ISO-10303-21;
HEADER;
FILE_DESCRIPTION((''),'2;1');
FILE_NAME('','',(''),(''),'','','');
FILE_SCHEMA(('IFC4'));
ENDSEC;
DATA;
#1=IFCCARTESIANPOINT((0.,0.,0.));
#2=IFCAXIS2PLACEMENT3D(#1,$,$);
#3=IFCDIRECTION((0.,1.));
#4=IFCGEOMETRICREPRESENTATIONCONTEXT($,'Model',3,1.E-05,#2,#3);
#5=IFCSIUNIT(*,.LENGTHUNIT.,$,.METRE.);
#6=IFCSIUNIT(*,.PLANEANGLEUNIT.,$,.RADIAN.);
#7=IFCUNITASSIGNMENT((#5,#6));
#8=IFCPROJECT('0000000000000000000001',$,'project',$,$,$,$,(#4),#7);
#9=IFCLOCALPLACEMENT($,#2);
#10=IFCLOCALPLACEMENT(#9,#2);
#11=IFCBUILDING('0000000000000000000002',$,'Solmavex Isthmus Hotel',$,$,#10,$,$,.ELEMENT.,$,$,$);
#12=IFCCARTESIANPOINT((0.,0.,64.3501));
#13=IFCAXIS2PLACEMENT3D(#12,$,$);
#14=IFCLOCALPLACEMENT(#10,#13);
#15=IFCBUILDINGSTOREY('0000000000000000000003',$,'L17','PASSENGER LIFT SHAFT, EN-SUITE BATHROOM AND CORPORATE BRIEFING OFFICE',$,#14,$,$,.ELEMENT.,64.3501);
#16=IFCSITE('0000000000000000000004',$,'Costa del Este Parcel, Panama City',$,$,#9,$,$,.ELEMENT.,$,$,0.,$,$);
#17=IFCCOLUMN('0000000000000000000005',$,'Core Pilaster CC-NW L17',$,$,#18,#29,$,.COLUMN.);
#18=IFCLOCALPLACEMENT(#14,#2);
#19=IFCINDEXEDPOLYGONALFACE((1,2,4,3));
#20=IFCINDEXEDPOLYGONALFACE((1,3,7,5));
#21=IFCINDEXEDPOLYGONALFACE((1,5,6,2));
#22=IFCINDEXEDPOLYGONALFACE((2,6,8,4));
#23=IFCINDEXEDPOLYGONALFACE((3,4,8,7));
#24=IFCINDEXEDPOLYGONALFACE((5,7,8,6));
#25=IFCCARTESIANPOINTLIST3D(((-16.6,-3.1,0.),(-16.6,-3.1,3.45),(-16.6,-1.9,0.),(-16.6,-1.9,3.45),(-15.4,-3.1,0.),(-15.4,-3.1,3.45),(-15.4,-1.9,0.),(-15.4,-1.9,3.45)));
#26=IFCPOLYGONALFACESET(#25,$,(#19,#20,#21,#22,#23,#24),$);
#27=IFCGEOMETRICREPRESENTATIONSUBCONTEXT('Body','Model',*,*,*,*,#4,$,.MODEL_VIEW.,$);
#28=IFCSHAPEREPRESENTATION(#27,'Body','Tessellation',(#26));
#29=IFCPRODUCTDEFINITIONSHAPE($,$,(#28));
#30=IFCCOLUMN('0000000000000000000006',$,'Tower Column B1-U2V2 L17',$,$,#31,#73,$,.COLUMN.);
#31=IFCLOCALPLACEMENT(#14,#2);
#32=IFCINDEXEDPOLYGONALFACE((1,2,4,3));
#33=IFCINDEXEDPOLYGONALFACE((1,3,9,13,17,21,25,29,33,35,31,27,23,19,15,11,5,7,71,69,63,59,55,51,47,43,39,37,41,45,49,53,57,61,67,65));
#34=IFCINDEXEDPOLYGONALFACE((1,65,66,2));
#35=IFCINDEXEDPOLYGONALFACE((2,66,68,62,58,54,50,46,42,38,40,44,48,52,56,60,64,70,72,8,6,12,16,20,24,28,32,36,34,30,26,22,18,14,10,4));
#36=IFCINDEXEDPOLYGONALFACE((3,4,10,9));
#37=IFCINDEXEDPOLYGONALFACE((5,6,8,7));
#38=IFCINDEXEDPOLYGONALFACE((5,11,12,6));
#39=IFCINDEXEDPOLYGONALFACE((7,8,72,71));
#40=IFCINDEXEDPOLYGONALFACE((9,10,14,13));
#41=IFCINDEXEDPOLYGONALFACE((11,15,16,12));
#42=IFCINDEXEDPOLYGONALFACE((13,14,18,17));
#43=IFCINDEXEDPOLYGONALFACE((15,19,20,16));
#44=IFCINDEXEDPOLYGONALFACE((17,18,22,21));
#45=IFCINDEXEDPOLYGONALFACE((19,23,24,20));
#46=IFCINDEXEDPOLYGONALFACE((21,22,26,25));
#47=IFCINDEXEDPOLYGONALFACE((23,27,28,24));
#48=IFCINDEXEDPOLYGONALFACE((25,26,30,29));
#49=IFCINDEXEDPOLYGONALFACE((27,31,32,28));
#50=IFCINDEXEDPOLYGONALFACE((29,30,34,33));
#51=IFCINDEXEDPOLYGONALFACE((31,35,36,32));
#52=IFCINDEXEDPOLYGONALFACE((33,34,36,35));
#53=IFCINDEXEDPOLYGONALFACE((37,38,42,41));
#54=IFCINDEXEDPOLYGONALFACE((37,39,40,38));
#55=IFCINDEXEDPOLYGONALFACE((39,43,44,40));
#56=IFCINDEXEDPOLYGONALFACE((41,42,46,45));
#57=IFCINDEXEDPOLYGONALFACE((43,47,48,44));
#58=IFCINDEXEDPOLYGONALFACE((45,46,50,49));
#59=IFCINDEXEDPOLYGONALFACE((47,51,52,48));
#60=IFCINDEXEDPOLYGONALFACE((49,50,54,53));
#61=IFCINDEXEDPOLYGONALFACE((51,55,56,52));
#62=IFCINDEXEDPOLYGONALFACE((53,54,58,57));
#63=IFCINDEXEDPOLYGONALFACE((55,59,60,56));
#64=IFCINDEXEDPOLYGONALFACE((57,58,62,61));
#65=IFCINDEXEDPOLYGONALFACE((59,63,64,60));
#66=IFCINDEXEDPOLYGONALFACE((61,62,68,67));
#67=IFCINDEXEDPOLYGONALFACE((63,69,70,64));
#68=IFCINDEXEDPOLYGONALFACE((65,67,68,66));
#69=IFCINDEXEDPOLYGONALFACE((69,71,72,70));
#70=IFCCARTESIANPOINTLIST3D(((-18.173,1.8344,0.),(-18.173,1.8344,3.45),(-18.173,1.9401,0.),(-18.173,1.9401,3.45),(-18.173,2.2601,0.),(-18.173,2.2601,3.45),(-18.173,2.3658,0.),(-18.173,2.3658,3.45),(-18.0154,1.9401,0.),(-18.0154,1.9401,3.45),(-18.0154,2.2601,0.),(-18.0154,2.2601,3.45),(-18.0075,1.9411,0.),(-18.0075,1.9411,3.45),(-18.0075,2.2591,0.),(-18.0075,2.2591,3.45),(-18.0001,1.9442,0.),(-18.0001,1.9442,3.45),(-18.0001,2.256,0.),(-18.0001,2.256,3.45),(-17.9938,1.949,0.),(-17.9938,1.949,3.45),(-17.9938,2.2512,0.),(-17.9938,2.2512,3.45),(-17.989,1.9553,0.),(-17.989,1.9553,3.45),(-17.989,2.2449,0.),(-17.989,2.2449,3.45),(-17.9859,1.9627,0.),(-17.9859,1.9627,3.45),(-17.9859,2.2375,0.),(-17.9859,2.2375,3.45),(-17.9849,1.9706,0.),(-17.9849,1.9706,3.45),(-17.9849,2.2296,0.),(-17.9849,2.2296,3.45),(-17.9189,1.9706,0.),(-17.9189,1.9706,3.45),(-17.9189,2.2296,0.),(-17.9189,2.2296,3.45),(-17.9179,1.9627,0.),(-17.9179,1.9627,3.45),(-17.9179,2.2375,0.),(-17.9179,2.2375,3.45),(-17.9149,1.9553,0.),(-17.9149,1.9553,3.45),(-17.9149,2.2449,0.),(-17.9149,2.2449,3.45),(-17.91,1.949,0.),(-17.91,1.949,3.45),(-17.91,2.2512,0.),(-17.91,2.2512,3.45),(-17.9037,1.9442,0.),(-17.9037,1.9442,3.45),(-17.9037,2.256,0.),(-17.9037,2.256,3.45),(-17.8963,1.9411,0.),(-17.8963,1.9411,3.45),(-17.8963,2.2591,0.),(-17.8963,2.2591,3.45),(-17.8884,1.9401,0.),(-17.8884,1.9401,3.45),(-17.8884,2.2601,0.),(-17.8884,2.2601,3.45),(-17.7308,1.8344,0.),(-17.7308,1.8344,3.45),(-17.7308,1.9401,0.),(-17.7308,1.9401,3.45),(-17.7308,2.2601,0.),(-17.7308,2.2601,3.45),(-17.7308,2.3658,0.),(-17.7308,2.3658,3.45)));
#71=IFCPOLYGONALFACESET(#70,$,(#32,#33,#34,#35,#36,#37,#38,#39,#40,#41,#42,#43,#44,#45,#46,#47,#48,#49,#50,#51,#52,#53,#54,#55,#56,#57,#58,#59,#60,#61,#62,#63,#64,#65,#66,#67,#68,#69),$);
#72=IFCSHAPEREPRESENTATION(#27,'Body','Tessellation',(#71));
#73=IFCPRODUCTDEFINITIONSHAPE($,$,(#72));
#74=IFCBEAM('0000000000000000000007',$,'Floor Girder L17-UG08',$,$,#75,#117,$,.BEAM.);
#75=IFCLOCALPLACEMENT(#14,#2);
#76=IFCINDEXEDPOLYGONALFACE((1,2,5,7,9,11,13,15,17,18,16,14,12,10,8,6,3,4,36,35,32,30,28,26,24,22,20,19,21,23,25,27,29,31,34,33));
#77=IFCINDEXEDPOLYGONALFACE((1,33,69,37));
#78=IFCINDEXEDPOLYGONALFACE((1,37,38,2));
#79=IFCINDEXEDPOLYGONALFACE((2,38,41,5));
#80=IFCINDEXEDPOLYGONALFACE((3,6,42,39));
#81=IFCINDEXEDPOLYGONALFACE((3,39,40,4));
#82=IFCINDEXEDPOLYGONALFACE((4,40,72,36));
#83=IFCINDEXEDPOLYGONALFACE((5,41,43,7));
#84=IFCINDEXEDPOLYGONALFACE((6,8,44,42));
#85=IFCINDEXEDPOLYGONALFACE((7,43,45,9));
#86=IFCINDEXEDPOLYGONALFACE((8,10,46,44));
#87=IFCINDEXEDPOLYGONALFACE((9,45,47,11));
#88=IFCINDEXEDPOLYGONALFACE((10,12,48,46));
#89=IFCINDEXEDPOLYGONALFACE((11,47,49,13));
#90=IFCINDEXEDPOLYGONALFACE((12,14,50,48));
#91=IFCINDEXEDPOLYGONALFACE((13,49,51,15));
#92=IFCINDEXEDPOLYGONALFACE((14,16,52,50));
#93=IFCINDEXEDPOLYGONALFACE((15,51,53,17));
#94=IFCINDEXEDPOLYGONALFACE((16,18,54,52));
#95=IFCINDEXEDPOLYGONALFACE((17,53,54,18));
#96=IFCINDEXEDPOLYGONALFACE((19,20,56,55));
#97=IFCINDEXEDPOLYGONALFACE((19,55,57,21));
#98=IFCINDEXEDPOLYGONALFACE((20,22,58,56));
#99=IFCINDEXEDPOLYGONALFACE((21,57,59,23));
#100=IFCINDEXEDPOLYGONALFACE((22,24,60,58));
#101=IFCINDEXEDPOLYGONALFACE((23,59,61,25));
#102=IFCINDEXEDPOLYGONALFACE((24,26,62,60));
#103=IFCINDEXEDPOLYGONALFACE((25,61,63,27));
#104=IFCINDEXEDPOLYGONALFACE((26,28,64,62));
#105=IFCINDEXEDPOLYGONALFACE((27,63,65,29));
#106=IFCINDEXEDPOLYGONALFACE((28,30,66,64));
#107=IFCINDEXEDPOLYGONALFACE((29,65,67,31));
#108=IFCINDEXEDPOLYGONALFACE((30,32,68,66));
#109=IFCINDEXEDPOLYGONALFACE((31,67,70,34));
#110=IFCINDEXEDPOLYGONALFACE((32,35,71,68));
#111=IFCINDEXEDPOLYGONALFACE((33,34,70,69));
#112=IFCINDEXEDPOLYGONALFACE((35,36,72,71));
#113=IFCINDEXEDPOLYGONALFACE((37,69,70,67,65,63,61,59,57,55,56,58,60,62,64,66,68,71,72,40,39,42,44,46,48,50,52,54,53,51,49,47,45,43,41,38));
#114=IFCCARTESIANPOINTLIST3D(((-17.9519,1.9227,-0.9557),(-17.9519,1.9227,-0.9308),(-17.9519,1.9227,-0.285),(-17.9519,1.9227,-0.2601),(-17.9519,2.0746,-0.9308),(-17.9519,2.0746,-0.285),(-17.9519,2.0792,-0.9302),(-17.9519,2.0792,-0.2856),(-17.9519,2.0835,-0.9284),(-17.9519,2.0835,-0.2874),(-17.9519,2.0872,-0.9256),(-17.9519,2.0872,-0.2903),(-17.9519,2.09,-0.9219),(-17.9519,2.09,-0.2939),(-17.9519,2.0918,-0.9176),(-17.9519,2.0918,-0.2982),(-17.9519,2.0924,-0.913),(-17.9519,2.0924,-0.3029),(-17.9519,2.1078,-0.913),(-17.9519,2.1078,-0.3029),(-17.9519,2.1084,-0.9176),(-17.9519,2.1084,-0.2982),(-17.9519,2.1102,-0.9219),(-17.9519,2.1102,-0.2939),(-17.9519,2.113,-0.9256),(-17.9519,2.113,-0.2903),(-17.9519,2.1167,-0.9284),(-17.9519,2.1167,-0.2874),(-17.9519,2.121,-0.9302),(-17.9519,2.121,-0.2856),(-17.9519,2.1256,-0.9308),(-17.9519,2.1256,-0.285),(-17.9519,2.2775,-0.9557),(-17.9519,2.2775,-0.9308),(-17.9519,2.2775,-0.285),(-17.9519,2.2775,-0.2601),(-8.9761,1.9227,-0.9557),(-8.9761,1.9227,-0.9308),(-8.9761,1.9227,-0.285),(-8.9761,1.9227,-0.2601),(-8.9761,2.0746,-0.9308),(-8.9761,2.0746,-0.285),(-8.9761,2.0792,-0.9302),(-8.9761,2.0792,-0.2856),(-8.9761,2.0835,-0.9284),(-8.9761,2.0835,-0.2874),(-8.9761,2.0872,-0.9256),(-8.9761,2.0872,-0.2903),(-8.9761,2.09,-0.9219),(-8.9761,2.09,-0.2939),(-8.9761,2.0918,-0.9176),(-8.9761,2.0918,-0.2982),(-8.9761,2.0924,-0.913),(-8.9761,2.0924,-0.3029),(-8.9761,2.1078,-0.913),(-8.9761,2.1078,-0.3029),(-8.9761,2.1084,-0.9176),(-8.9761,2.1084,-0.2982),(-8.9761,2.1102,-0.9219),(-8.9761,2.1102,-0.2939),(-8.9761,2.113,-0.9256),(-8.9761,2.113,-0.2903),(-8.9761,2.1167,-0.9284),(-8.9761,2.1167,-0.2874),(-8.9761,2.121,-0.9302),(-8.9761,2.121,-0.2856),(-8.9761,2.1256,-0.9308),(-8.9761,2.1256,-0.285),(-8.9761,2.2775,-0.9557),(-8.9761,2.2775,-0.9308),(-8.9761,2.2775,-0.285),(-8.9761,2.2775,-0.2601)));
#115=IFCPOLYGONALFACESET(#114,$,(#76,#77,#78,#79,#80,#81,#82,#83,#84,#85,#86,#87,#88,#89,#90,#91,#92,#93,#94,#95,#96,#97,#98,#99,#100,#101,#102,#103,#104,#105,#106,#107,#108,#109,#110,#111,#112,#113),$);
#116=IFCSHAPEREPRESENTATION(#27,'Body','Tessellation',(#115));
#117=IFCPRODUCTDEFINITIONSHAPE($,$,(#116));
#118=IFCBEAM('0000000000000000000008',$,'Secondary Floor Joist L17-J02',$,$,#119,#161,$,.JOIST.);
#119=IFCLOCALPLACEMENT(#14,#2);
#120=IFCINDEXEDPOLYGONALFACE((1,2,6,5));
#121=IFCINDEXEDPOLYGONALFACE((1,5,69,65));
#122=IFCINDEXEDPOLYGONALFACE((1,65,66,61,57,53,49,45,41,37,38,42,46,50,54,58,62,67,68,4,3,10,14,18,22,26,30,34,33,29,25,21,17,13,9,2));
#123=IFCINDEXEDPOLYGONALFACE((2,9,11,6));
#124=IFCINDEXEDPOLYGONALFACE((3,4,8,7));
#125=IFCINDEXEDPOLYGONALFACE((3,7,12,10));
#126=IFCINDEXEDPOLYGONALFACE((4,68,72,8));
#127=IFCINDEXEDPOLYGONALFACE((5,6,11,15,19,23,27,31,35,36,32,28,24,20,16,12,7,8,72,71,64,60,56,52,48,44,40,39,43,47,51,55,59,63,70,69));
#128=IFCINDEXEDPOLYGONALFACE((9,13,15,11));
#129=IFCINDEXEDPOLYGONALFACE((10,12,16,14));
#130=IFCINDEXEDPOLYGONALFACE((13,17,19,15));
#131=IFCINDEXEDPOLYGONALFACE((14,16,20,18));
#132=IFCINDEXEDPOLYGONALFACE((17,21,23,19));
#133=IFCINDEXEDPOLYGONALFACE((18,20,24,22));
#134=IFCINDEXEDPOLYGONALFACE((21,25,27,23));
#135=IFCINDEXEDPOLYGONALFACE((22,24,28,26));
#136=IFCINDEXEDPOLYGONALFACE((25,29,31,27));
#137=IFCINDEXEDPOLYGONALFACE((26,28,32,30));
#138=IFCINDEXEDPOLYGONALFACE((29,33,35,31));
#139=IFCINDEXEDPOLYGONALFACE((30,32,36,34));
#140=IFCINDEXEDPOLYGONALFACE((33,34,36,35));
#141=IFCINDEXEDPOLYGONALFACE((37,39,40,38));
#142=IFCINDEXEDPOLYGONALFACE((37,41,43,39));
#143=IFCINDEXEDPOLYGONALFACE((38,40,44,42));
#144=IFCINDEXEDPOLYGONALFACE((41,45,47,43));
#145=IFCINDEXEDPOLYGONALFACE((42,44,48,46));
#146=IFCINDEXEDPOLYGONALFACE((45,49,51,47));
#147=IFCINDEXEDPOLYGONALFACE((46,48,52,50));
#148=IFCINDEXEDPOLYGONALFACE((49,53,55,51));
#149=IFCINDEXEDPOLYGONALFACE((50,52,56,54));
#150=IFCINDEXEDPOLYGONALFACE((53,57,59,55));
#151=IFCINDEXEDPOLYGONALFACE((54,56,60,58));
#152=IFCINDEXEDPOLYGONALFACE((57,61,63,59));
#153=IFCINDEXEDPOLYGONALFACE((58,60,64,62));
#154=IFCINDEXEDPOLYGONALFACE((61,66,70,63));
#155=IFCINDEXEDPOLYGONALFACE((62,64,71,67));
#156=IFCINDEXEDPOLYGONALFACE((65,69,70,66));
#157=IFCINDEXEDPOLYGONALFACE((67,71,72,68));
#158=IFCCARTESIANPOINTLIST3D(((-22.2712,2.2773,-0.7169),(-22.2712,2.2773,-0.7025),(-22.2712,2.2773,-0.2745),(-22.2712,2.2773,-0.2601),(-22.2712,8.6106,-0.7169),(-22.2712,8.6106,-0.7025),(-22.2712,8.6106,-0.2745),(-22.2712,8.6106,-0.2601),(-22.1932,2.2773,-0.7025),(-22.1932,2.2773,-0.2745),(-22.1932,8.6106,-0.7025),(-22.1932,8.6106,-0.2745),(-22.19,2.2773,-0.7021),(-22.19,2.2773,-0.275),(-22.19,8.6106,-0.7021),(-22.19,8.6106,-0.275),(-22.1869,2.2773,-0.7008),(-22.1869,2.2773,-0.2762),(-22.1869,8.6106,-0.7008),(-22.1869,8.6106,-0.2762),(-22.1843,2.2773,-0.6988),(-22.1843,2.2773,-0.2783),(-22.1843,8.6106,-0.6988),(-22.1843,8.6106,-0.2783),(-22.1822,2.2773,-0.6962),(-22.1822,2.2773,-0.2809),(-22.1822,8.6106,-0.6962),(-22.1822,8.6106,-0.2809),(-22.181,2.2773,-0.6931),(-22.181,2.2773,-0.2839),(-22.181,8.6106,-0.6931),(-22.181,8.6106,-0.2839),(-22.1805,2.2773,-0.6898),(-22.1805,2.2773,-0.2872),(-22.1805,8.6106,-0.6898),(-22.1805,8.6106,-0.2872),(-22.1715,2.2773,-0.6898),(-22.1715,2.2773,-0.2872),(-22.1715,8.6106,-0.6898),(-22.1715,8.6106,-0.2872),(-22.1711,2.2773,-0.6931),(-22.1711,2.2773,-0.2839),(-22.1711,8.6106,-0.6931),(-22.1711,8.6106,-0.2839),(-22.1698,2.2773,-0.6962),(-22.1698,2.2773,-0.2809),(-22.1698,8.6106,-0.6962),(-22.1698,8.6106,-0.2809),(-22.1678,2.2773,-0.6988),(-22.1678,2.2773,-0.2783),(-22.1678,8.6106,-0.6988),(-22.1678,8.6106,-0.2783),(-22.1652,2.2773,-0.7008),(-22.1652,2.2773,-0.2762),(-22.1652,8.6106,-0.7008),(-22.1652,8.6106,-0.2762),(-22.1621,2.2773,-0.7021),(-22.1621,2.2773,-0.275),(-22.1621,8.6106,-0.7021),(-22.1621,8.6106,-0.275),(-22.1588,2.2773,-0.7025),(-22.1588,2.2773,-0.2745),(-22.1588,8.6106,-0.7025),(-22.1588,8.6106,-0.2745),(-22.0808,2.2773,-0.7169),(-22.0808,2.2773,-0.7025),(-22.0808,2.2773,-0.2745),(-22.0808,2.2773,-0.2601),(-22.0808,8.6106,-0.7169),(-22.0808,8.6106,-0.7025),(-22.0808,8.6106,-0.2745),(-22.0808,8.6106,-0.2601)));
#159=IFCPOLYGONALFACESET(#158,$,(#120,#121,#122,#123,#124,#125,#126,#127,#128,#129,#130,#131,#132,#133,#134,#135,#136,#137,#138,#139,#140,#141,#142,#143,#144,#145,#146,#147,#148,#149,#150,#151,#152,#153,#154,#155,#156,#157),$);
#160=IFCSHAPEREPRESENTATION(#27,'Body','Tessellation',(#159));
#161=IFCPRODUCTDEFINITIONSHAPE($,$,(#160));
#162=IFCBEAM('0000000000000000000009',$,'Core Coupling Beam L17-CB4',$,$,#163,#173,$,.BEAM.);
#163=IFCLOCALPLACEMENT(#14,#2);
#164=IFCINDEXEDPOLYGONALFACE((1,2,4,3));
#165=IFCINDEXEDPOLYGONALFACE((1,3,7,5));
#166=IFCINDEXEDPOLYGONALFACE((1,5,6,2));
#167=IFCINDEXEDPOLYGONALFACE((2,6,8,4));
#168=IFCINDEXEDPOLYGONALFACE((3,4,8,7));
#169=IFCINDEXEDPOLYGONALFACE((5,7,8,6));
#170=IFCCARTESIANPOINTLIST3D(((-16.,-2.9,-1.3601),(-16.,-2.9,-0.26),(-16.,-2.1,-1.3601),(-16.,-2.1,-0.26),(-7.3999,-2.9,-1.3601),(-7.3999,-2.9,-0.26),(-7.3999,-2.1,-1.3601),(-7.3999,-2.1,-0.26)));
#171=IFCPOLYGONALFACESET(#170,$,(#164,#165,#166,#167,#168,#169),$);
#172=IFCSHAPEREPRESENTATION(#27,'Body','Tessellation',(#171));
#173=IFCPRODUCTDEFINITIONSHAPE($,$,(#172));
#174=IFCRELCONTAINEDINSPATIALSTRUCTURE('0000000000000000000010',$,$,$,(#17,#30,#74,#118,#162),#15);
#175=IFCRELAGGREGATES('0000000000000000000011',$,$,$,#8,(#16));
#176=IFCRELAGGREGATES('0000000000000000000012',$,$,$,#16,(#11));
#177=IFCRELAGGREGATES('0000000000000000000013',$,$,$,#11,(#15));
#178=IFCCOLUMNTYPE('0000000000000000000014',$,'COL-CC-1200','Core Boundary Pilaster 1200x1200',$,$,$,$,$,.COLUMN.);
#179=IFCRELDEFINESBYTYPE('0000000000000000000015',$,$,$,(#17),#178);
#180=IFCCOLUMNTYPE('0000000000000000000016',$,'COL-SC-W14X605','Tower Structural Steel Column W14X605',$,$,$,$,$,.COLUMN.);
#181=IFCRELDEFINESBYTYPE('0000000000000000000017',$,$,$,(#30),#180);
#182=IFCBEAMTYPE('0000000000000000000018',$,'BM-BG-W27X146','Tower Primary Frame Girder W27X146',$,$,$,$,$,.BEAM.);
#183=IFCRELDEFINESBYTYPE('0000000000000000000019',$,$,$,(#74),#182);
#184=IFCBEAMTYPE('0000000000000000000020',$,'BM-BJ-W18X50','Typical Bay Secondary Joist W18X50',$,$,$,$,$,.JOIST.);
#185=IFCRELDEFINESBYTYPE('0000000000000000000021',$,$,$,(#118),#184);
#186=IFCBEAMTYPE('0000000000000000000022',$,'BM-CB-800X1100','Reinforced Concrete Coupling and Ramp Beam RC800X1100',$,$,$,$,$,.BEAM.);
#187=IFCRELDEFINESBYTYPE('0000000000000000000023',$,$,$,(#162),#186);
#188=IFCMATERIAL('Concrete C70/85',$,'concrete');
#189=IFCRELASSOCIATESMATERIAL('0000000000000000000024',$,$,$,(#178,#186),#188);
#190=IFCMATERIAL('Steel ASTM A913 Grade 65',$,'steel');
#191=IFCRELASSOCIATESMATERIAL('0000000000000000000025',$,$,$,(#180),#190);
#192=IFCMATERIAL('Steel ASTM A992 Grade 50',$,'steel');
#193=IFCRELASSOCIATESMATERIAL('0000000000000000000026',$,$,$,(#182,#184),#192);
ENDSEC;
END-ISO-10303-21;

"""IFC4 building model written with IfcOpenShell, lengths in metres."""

from ifc_helpers import new_model, si_unit, direction, frame, origin, origin_2d, place, context, subcontext, project, spatial, rectangle, i_section, extrude, material, material_profile, profile_set, type_object, element, save


model = new_model("IFC4")

# Units and contexts
model_context = context("Model", 3, precision=1e-05, world=origin(), true_north=direction((0.0, 1.0)))
body_context = subcontext(model_context, "Body", "Model", "MODEL_VIEW")
ifc_project = project(units=[si_unit("LENGTHUNIT", "METRE"), si_unit("PLANEANGLEUNIT", "RADIAN")], contexts=[model_context])

# Site, building, storey
site_placement = place(None, origin())
site = spatial("IfcSite", under=ifc_project, at=site_placement, Name="Costa del Este Parcel, Panama City", CompositionType="ELEMENT", RefElevation=0.0)
building_placement = place(site_placement, origin())
building = spatial("IfcBuilding", under=site, at=building_placement, Name="Solmavex Isthmus Hotel", CompositionType="ELEMENT")
storey_placement = place(building_placement, frame((0.0, 0.0, 64.3501)))
storey = spatial("IfcBuildingStorey", under=building, at=storey_placement, Name="L17", Description="PASSENGER LIFT SHAFT, EN-SUITE BATHROOM AND CORPORATE BRIEFING OFFICE", CompositionType="ELEMENT", Elevation=64.3501)

# Columns
ifc_material_1 = material(Name="Concrete C70/85", Category="concrete")
ifc_material_profile_1 = material_profile(ifc_material_1, rectangle(XDim=1.2, YDim=1.2, at=origin_2d()), Name="RC1200X1200")
ifc_profile_set_1 = profile_set([ifc_material_profile_1], Name="Concrete C70/85")
column_type_1 = type_object("IfcColumnType", Name="COL-CC-1200", Description="Core Boundary Pilaster 1200x1200", PredefinedType="COLUMN", material=ifc_profile_set_1)
column_1_placement = place(storey_placement, frame((-16.0, -2.5, 0.0), z_axis=(0.0, 0.0, 1.0), x_axis=(1.0, 0.0, 0.0)))
element("IfcColumn", 1, at=column_1_placement, inside=storey, type_object=column_type_1, Name="Core Pilaster CC-NW L17", PredefinedType="COLUMN", context=body_context, shape_type="SweptSolid", body=[
    extrude(rectangle(XDim=1.2, YDim=1.2, at=origin_2d()), origin(), (0.0, 0.0, 1.0), 3.45),
])
ifc_material_2 = material(Name="Steel ASTM A913 Grade 65", Category="steel")
ifc_material_profile_2 = material_profile(ifc_material_2, i_section(OverallWidth=0.4421, OverallDepth=0.5315, WebThickness=0.0659, FlangeThickness=0.1057, FilletRadius=0.0305, at=origin_2d()), Name="W14X605")
ifc_profile_set_2 = profile_set([ifc_material_profile_2], Name="Steel ASTM A913 Grade 65")
column_type_2 = type_object("IfcColumnType", Name="COL-SC-W14X605", Description="Tower Structural Steel Column W14X605", PredefinedType="COLUMN", material=ifc_profile_set_2)
column_2_placement = place(storey_placement, frame((-17.9519, 2.1001, 0.0), z_axis=(0.0, 0.0, 1.0), x_axis=(1.0, 0.0, 0.0)))
element("IfcColumn", 2, at=column_2_placement, inside=storey, type_object=column_type_2, Name="Tower Column B1-U2V2 L17", PredefinedType="COLUMN", context=body_context, shape_type="SweptSolid", body=[
    extrude(i_section(OverallWidth=0.4421, OverallDepth=0.5315, WebThickness=0.0659, FlangeThickness=0.1057, FilletRadius=0.0305, at=origin_2d()), origin(), (0.0, 0.0, 1.0), 3.45),
])

# Beams
ifc_material_3 = material(Name="Steel ASTM A992 Grade 50", Category="steel")
ifc_material_profile_3 = material_profile(ifc_material_3, i_section(OverallWidth=0.3547, OverallDepth=0.6956, WebThickness=0.0154, FlangeThickness=0.0249, FilletRadius=0.0178, at=origin_2d()), Name="W27X146")
ifc_profile_set_3 = profile_set([ifc_material_profile_3], Name="Steel ASTM A992 Grade 50")
beam_type_1 = type_object("IfcBeamType", Name="BM-BG-W27X146", Description="Tower Primary Frame Girder W27X146", PredefinedType="BEAM", material=ifc_profile_set_3)
beam_1_placement = place(storey_placement, frame((-17.9519, 2.1001, -0.6079), z_axis=(1.0, 0.0, 0.0), x_axis=(0.0, 1.0, 0.0)))
element("IfcBeam", 3, at=beam_1_placement, inside=storey, type_object=beam_type_1, Name="Floor Girder L17-UG08", PredefinedType="BEAM", context=body_context, shape_type="SweptSolid", body=[
    extrude(i_section(OverallWidth=0.3547, OverallDepth=0.6956, WebThickness=0.0154, FlangeThickness=0.0249, FilletRadius=0.0178, at=origin_2d()), origin(), (0.0, 0.0, 1.0), 8.9758),
])
ifc_material_profile_4 = material_profile(ifc_material_3, i_section(OverallWidth=0.1904, OverallDepth=0.4568, WebThickness=0.009, FlangeThickness=0.0144, FilletRadius=0.0127, at=origin_2d()), Name="W18X50")
ifc_profile_set_4 = profile_set([ifc_material_profile_4], Name="Steel ASTM A992 Grade 50")
beam_type_2 = type_object("IfcBeamType", Name="BM-BJ-W18X50", Description="Typical Bay Secondary Joist W18X50", PredefinedType="JOIST", material=ifc_profile_set_4)
beam_2_placement = place(storey_placement, frame((-22.176, 2.2773, -0.4885), z_axis=(0.0, 1.0, 0.0), x_axis=(-1.0, 0.0, 0.0)))
element("IfcBeam", 4, at=beam_2_placement, inside=storey, type_object=beam_type_2, Name="Secondary Floor Joist L17-J02", PredefinedType="JOIST", context=body_context, shape_type="SweptSolid", body=[
    extrude(i_section(OverallWidth=0.1904, OverallDepth=0.4568, WebThickness=0.009, FlangeThickness=0.0144, FilletRadius=0.0127, at=origin_2d()), origin(), (0.0, 0.0, 1.0), 6.3333),
])
ifc_material_profile_5 = material_profile(ifc_material_1, rectangle(XDim=0.8, YDim=1.1001, at=origin_2d()), Name="RC800X1100")
ifc_profile_set_5 = profile_set([ifc_material_profile_5], Name="Concrete C70/85")
beam_type_3 = type_object("IfcBeamType", Name="BM-CB-800X1100", Description="Reinforced Concrete Coupling and Ramp Beam RC800X1100", PredefinedType="BEAM", material=ifc_profile_set_5)
beam_3_placement = place(storey_placement, frame((-16.0, -2.5, -0.8101), z_axis=(1.0, 0.0, 0.0), x_axis=(0.0, 1.0, 0.0)))
element("IfcBeam", 5, at=beam_3_placement, inside=storey, type_object=beam_type_3, Name="Core Coupling Beam L17-CB4", PredefinedType="BEAM", context=body_context, shape_type="SweptSolid", body=[
    extrude(rectangle(XDim=0.8, YDim=1.1001, at=origin_2d()), origin(), (0.0, 0.0, 1.0), 8.6001),
])

save(model, "model.ifc")
